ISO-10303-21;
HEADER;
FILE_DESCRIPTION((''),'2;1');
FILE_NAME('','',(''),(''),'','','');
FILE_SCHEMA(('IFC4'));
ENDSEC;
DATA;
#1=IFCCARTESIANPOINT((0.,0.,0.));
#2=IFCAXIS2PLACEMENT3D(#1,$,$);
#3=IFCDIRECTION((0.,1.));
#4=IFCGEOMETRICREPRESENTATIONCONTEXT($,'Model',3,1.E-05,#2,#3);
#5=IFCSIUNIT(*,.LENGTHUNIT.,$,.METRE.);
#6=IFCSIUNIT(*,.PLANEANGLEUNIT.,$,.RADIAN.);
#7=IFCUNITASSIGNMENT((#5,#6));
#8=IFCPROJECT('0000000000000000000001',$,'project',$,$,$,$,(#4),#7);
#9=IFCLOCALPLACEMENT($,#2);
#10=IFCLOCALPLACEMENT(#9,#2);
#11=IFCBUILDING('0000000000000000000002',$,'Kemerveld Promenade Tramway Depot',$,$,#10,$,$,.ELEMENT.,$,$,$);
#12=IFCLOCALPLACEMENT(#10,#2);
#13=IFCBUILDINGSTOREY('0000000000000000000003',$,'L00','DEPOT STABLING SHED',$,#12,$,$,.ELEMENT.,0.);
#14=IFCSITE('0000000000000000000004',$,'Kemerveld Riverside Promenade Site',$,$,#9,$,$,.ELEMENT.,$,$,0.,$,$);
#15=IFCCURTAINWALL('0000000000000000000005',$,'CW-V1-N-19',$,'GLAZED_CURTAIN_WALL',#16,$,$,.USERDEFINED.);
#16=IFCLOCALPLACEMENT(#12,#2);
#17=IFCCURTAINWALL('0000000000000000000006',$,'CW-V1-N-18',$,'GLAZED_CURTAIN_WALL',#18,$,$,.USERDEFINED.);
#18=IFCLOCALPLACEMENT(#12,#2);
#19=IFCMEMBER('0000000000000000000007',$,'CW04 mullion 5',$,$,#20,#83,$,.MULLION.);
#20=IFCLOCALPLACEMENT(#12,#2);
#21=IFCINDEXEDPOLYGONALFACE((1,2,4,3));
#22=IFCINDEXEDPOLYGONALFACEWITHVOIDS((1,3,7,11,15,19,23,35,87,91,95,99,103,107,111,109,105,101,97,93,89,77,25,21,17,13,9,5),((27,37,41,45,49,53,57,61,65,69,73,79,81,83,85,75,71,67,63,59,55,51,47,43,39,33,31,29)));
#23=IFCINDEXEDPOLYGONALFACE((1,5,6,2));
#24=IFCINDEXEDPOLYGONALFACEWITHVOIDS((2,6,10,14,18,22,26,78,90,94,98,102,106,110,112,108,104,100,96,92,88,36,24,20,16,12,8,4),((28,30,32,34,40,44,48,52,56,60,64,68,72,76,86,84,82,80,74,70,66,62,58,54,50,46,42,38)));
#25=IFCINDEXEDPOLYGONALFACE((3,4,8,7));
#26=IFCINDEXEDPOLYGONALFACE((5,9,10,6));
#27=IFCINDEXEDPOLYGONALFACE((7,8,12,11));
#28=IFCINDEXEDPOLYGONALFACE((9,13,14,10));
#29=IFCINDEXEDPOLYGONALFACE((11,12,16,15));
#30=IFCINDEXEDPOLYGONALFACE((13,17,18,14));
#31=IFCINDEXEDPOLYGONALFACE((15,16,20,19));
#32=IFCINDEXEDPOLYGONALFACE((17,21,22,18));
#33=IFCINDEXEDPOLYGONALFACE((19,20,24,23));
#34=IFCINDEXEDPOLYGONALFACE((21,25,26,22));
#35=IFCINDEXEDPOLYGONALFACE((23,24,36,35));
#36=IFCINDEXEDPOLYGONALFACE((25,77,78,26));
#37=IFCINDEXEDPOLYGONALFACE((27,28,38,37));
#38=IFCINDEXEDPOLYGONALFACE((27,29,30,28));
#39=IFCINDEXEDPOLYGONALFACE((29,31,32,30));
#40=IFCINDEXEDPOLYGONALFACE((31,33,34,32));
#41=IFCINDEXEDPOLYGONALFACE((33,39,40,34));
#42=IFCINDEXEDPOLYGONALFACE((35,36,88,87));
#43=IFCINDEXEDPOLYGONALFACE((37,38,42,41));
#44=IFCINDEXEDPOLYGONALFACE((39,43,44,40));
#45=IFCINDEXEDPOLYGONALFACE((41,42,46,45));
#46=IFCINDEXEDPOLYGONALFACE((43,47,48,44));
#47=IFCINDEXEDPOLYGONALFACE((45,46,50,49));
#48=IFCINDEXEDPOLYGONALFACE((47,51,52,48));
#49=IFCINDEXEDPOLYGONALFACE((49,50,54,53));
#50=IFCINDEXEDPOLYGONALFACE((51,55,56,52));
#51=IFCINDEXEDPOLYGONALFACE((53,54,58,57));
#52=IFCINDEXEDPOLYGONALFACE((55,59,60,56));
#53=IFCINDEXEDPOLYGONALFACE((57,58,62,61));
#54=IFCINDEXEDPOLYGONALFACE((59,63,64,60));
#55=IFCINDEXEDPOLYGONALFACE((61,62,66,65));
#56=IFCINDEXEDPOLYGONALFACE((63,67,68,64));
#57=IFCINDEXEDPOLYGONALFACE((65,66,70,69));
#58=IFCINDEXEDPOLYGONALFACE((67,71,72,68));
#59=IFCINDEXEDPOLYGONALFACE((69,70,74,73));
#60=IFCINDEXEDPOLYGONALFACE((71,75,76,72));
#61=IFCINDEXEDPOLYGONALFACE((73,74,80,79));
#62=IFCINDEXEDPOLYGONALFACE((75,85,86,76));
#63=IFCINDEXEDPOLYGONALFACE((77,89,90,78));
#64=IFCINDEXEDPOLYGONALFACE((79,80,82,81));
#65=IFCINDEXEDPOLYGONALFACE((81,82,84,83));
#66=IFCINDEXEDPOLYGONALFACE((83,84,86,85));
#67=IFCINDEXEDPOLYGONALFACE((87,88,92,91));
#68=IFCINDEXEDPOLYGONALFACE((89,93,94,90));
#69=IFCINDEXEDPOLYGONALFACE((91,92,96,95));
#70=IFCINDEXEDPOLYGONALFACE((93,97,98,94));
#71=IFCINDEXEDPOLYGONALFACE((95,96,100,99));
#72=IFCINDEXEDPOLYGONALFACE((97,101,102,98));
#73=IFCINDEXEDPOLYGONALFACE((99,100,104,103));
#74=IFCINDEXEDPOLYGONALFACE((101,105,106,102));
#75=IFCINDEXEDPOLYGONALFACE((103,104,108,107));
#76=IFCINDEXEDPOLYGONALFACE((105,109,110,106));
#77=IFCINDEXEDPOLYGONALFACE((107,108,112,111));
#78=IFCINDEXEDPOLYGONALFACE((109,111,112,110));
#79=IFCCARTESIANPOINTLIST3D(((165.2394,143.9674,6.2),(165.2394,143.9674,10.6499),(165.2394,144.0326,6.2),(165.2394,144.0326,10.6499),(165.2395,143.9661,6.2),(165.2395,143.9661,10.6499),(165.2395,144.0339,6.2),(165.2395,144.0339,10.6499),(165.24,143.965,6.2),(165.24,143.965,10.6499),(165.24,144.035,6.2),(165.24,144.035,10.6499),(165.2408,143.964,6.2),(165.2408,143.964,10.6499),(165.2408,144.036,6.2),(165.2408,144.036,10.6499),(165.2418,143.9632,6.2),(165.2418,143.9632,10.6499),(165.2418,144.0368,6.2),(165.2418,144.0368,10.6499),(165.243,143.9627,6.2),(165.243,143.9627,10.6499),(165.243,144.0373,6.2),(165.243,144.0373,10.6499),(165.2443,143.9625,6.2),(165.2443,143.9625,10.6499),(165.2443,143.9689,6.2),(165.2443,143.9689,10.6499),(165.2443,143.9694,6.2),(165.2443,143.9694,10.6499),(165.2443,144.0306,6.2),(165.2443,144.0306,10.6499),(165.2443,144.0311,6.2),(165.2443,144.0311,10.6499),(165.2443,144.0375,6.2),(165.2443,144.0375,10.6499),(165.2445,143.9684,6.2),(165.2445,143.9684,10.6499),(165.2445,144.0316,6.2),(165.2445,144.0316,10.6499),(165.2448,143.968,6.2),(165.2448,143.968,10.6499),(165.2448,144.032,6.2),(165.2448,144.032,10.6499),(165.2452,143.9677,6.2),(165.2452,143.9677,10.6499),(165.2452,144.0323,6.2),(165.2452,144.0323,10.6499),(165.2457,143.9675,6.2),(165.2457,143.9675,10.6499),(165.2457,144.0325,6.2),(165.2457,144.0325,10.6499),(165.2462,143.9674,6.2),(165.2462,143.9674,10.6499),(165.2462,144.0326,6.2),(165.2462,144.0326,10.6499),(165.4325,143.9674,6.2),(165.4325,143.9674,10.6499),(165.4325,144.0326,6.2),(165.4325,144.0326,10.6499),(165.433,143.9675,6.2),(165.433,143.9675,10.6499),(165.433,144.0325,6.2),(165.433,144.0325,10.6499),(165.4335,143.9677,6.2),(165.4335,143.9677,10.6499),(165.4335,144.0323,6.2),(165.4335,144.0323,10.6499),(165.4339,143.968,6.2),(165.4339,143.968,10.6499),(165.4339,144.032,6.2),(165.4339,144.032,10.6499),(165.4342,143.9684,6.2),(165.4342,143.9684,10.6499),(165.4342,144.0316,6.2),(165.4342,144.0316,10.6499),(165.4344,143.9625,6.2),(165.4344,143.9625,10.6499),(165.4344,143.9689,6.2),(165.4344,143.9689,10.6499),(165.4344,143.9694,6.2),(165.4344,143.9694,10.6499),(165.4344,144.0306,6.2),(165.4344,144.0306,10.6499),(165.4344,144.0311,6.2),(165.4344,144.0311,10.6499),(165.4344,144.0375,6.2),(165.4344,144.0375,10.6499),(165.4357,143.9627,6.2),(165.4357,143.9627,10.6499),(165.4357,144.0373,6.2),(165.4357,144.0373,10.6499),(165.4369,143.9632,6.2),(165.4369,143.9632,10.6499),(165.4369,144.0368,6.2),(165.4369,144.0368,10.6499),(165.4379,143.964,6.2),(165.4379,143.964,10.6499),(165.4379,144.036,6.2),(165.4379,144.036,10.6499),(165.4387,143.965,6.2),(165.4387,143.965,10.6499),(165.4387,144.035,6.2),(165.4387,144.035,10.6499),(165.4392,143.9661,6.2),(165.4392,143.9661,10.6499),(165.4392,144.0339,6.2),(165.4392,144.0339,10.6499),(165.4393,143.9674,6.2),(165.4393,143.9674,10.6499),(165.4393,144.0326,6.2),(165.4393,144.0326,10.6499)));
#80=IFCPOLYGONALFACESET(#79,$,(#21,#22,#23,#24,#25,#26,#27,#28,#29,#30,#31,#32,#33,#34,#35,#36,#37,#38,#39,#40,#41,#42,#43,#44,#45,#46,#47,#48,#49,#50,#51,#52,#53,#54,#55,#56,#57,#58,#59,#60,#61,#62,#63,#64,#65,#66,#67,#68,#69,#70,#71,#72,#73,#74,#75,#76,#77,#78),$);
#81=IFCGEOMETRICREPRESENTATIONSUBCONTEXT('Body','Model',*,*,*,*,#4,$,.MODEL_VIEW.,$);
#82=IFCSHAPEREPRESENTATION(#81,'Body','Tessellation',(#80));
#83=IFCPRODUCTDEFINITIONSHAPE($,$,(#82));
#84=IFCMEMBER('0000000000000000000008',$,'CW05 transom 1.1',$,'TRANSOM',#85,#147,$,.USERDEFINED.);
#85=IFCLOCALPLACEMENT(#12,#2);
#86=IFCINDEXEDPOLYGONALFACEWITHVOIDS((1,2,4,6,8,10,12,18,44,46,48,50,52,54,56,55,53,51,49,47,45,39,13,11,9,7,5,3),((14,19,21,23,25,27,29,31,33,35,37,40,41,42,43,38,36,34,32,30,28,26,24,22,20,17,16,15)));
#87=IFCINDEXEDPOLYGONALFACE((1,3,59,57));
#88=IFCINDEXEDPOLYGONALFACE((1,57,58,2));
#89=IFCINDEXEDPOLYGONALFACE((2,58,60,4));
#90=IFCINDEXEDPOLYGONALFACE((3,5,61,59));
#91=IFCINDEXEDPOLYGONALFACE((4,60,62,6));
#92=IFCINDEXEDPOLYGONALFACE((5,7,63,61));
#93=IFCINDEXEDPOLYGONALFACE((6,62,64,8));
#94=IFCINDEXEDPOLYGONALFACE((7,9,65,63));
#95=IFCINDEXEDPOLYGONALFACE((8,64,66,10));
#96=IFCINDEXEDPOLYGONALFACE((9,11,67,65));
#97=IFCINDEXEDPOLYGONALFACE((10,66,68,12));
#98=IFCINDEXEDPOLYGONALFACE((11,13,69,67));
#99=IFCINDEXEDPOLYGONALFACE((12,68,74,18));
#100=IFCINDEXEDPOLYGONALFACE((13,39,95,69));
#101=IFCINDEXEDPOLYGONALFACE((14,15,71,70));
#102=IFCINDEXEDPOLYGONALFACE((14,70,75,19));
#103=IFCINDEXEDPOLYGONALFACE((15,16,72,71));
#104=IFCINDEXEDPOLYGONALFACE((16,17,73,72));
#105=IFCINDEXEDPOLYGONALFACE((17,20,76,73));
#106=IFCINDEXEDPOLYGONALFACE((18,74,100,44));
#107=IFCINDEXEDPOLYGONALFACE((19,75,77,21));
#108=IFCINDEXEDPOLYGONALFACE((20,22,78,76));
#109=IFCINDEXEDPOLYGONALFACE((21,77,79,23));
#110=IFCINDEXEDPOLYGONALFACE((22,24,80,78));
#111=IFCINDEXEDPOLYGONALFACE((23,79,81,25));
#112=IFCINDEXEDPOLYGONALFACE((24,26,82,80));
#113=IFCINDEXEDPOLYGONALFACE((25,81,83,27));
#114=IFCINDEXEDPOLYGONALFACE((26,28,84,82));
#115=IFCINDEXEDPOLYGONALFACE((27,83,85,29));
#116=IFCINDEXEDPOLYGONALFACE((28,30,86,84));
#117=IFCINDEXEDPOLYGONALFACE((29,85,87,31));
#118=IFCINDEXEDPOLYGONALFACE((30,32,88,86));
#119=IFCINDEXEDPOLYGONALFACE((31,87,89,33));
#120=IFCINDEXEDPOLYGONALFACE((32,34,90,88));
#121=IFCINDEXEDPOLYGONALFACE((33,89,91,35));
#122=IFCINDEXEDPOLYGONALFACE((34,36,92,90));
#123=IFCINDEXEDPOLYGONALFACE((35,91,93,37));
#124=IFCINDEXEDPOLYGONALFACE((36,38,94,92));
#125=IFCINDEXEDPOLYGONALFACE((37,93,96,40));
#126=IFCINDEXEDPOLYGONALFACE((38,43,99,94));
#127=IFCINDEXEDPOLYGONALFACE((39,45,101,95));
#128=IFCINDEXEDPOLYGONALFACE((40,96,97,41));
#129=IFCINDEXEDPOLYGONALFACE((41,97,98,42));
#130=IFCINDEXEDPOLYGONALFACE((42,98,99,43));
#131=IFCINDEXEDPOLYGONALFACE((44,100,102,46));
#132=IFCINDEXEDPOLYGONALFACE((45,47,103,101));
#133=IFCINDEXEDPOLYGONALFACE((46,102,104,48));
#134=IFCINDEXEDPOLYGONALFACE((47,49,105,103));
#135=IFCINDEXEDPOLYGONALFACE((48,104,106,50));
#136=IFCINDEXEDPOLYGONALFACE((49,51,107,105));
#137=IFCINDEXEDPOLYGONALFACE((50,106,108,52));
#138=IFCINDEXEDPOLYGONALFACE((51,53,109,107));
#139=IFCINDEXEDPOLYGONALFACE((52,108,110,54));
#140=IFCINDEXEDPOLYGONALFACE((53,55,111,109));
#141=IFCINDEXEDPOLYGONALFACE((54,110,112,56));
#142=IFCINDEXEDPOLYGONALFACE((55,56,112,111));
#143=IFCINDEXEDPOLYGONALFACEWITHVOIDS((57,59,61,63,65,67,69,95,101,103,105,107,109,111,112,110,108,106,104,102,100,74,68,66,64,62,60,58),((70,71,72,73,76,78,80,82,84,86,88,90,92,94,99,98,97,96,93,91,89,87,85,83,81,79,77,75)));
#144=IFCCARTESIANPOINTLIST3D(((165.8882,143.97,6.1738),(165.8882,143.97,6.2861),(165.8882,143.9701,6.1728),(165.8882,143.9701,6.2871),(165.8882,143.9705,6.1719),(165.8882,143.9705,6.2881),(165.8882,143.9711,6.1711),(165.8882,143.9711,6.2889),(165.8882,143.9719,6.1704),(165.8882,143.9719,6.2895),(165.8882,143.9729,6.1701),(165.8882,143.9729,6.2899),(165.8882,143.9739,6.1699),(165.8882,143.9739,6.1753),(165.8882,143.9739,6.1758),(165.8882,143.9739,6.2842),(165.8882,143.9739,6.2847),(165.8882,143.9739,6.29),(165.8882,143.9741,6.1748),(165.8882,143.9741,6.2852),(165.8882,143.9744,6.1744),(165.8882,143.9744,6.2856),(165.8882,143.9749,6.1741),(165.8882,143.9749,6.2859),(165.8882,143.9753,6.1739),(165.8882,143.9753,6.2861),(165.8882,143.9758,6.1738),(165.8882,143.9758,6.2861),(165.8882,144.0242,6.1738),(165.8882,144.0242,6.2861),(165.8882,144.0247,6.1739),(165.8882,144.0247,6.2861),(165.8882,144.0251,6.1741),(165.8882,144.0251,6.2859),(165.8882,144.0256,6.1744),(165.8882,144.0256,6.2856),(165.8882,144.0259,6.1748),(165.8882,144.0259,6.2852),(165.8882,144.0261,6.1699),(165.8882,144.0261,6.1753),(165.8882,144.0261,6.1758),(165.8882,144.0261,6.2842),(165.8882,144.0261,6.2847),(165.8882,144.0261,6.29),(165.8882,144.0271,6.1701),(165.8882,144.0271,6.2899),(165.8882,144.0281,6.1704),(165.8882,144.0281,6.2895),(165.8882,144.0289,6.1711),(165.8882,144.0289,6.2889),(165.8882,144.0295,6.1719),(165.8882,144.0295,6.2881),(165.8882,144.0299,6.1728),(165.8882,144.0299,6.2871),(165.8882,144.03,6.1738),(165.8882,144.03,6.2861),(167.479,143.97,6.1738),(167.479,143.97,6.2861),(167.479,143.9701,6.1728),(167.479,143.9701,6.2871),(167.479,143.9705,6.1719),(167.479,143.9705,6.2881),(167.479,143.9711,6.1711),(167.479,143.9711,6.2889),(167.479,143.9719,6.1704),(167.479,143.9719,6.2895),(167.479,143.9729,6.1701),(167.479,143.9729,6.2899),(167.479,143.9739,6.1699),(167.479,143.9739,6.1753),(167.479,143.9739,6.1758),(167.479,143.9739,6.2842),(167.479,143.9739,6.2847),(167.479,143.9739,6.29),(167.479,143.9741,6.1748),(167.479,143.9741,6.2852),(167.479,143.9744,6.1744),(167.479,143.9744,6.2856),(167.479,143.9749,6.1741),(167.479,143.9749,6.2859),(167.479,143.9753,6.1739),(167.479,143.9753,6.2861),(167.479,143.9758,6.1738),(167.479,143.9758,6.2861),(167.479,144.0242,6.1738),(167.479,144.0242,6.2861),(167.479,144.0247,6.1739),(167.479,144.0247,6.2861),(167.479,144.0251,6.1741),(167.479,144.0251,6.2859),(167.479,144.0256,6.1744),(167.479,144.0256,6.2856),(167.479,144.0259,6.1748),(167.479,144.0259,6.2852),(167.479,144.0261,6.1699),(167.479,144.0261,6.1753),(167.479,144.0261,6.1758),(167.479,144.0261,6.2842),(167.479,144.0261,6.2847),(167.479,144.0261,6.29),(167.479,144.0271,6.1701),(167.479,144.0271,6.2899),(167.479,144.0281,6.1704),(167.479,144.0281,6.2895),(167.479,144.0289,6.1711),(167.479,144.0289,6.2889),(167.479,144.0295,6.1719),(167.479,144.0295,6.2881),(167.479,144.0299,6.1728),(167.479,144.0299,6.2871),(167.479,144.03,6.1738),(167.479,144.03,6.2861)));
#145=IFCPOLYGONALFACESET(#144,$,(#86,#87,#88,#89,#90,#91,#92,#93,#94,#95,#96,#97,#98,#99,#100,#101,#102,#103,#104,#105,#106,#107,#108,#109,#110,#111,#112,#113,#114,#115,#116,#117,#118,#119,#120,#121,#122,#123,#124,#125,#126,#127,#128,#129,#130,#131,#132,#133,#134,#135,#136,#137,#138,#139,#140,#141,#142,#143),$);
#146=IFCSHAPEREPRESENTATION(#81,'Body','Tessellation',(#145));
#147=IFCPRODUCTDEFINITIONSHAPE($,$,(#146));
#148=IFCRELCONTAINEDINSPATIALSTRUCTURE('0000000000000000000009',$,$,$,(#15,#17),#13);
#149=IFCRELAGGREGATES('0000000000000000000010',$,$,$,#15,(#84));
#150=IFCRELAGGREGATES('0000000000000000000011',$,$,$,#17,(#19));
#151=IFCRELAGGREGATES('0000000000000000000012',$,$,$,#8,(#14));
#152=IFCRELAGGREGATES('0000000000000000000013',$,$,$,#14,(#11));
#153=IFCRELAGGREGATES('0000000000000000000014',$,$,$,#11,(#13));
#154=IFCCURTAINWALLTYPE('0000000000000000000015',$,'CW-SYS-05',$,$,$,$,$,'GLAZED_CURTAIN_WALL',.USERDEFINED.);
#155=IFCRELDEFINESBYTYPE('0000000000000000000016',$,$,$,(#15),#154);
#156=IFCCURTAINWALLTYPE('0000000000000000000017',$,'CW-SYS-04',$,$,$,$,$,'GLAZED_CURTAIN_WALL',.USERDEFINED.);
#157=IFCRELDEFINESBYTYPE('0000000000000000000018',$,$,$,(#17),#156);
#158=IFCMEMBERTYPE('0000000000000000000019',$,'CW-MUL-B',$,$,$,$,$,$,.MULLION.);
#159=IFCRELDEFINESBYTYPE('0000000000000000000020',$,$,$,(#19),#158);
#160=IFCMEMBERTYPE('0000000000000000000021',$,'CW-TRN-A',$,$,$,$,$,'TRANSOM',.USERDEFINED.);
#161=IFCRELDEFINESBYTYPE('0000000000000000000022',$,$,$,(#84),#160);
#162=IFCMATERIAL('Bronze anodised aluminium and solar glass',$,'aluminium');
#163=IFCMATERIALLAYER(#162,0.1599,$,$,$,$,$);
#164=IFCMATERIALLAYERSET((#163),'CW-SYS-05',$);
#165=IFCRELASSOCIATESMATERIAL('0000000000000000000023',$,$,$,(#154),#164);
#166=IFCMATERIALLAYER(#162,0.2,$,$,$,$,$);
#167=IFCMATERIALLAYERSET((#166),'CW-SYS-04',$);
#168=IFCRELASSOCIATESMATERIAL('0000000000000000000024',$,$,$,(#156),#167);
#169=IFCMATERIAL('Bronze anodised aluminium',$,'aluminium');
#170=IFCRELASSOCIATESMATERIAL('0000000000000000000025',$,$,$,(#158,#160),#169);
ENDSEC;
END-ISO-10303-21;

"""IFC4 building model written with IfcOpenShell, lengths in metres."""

from ifc_helpers import new_model, si_unit, direction, frame, origin, origin_2d, place, context, subcontext, project, spatial, hollow_rectangle, extrude, material, layer, layer_set, material_profile, profile_set, type_object, element, aggregate, save


model = new_model("IFC4")

# Units and contexts
model_context = context("Model", 3, precision=1e-05, world=origin(), true_north=direction((0.0, 1.0)))
body_context = subcontext(model_context, "Body", "Model", "MODEL_VIEW")
ifc_project = project(units=[si_unit("LENGTHUNIT", "METRE"), si_unit("PLANEANGLEUNIT", "RADIAN")], contexts=[model_context])

# Site, building, storey
site_placement = place(None, origin())
site = spatial("IfcSite", under=ifc_project, at=site_placement, Name="Kemerveld Riverside Promenade Site", CompositionType="ELEMENT", RefElevation=0.0)
building_placement = place(site_placement, origin())
building = spatial("IfcBuilding", under=site, at=building_placement, Name="Kemerveld Promenade Tramway Depot", CompositionType="ELEMENT")
storey_placement = place(building_placement, origin())
storey = spatial("IfcBuildingStorey", under=building, at=storey_placement, Name="L00", Description="DEPOT STABLING SHED", CompositionType="ELEMENT", Elevation=0.0)

# Curtain wall
ifc_material_1 = material(Name="Bronze anodised aluminium and solar glass", Category="aluminium")
ifc_material_2 = material(Name="Bronze anodised aluminium", Category="aluminium")
ifc_layer_1 = layer(ifc_material_1, 0.1599)
ifc_layer_set_1 = layer_set([ifc_layer_1], Name="CW-SYS-05")
curtain_wall_type_1 = type_object("IfcCurtainWallType", Name="CW-SYS-05", ElementType="GLAZED_CURTAIN_WALL", PredefinedType="USERDEFINED", material=ifc_layer_set_1)
curtain_wall_1_placement = place(storey_placement, origin())
curtain_wall_1 = element("IfcCurtainWall", 1, at=curtain_wall_1_placement, inside=storey, type_object=curtain_wall_type_1, Name="CW-V1-N-19", ObjectType="GLAZED_CURTAIN_WALL", PredefinedType="USERDEFINED")

# Curtain wall, member
ifc_layer_2 = layer(ifc_material_1, 0.2)
ifc_layer_set_2 = layer_set([ifc_layer_2], Name="CW-SYS-04")
curtain_wall_type_2 = type_object("IfcCurtainWallType", Name="CW-SYS-04", ElementType="GLAZED_CURTAIN_WALL", PredefinedType="USERDEFINED", material=ifc_layer_set_2)
curtain_wall_2_placement = place(storey_placement, origin())
curtain_wall_2 = element("IfcCurtainWall", 2, at=curtain_wall_2_placement, inside=storey, type_object=curtain_wall_type_2, Name="CW-V1-N-18", ObjectType="GLAZED_CURTAIN_WALL", PredefinedType="USERDEFINED")
ifc_material_profile_1 = material_profile(ifc_material_2, hollow_rectangle(XDim=0.075, YDim=0.2, WallThickness=0.0049, InnerFilletRadius=0.002, OuterFilletRadius=0.0049, at=origin_2d()), Name="CW-MUL-200x75")
ifc_profile_set_1 = profile_set([ifc_material_profile_1], Name="Bronze anodised aluminium")
member_type_1 = type_object("IfcMemberType", Name="CW-MUL-B", PredefinedType="MULLION", material=ifc_profile_set_1)
member_1_placement = place(storey_placement, frame((165.3394, 144.0, 6.2), z_axis=(0.0, 0.0, 1.0), x_axis=(0.0, 1.0, 0.0)))
member_1 = element("IfcMember", 3, at=member_1_placement, type_object=member_type_1, Name="CW04 mullion 5", PredefinedType="MULLION", context=body_context, shape_type="SweptSolid", body=[
    extrude(hollow_rectangle(XDim=0.075, YDim=0.2, WallThickness=0.0049, InnerFilletRadius=0.002, OuterFilletRadius=0.0049, at=origin_2d()), origin(), (0.0, 0.0, 1.0), 4.45),
])

# Member
ifc_material_profile_2 = material_profile(ifc_material_2, hollow_rectangle(XDim=0.0601, YDim=0.1201, WallThickness=0.0039, InnerFilletRadius=0.002, OuterFilletRadius=0.0039, at=origin_2d()), Name="CW-TRN-120x60")
ifc_profile_set_2 = profile_set([ifc_material_profile_2], Name="Bronze anodised aluminium")
member_type_2 = type_object("IfcMemberType", Name="CW-TRN-A", ElementType="TRANSOM", PredefinedType="USERDEFINED", material=ifc_profile_set_2)
member_2_placement = place(storey_placement, frame((165.8882, 144.0, 6.23), z_axis=(1.0, 0.0, 0.0), x_axis=(0.0, 1.0, 0.0)))
member_2 = element("IfcMember", 4, at=member_2_placement, type_object=member_type_2, Name="CW05 transom 1.1", ObjectType="TRANSOM", PredefinedType="USERDEFINED", context=body_context, shape_type="SweptSolid", body=[
    extrude(hollow_rectangle(XDim=0.0601, YDim=0.1201, WallThickness=0.0039, InnerFilletRadius=0.002, OuterFilletRadius=0.0039, at=origin_2d()), origin(), (0.0, 0.0, 1.0), 1.5908),
])
aggregate(curtain_wall_1, [member_2])

aggregate(curtain_wall_2, [member_1])

save(model, "model.ifc")
